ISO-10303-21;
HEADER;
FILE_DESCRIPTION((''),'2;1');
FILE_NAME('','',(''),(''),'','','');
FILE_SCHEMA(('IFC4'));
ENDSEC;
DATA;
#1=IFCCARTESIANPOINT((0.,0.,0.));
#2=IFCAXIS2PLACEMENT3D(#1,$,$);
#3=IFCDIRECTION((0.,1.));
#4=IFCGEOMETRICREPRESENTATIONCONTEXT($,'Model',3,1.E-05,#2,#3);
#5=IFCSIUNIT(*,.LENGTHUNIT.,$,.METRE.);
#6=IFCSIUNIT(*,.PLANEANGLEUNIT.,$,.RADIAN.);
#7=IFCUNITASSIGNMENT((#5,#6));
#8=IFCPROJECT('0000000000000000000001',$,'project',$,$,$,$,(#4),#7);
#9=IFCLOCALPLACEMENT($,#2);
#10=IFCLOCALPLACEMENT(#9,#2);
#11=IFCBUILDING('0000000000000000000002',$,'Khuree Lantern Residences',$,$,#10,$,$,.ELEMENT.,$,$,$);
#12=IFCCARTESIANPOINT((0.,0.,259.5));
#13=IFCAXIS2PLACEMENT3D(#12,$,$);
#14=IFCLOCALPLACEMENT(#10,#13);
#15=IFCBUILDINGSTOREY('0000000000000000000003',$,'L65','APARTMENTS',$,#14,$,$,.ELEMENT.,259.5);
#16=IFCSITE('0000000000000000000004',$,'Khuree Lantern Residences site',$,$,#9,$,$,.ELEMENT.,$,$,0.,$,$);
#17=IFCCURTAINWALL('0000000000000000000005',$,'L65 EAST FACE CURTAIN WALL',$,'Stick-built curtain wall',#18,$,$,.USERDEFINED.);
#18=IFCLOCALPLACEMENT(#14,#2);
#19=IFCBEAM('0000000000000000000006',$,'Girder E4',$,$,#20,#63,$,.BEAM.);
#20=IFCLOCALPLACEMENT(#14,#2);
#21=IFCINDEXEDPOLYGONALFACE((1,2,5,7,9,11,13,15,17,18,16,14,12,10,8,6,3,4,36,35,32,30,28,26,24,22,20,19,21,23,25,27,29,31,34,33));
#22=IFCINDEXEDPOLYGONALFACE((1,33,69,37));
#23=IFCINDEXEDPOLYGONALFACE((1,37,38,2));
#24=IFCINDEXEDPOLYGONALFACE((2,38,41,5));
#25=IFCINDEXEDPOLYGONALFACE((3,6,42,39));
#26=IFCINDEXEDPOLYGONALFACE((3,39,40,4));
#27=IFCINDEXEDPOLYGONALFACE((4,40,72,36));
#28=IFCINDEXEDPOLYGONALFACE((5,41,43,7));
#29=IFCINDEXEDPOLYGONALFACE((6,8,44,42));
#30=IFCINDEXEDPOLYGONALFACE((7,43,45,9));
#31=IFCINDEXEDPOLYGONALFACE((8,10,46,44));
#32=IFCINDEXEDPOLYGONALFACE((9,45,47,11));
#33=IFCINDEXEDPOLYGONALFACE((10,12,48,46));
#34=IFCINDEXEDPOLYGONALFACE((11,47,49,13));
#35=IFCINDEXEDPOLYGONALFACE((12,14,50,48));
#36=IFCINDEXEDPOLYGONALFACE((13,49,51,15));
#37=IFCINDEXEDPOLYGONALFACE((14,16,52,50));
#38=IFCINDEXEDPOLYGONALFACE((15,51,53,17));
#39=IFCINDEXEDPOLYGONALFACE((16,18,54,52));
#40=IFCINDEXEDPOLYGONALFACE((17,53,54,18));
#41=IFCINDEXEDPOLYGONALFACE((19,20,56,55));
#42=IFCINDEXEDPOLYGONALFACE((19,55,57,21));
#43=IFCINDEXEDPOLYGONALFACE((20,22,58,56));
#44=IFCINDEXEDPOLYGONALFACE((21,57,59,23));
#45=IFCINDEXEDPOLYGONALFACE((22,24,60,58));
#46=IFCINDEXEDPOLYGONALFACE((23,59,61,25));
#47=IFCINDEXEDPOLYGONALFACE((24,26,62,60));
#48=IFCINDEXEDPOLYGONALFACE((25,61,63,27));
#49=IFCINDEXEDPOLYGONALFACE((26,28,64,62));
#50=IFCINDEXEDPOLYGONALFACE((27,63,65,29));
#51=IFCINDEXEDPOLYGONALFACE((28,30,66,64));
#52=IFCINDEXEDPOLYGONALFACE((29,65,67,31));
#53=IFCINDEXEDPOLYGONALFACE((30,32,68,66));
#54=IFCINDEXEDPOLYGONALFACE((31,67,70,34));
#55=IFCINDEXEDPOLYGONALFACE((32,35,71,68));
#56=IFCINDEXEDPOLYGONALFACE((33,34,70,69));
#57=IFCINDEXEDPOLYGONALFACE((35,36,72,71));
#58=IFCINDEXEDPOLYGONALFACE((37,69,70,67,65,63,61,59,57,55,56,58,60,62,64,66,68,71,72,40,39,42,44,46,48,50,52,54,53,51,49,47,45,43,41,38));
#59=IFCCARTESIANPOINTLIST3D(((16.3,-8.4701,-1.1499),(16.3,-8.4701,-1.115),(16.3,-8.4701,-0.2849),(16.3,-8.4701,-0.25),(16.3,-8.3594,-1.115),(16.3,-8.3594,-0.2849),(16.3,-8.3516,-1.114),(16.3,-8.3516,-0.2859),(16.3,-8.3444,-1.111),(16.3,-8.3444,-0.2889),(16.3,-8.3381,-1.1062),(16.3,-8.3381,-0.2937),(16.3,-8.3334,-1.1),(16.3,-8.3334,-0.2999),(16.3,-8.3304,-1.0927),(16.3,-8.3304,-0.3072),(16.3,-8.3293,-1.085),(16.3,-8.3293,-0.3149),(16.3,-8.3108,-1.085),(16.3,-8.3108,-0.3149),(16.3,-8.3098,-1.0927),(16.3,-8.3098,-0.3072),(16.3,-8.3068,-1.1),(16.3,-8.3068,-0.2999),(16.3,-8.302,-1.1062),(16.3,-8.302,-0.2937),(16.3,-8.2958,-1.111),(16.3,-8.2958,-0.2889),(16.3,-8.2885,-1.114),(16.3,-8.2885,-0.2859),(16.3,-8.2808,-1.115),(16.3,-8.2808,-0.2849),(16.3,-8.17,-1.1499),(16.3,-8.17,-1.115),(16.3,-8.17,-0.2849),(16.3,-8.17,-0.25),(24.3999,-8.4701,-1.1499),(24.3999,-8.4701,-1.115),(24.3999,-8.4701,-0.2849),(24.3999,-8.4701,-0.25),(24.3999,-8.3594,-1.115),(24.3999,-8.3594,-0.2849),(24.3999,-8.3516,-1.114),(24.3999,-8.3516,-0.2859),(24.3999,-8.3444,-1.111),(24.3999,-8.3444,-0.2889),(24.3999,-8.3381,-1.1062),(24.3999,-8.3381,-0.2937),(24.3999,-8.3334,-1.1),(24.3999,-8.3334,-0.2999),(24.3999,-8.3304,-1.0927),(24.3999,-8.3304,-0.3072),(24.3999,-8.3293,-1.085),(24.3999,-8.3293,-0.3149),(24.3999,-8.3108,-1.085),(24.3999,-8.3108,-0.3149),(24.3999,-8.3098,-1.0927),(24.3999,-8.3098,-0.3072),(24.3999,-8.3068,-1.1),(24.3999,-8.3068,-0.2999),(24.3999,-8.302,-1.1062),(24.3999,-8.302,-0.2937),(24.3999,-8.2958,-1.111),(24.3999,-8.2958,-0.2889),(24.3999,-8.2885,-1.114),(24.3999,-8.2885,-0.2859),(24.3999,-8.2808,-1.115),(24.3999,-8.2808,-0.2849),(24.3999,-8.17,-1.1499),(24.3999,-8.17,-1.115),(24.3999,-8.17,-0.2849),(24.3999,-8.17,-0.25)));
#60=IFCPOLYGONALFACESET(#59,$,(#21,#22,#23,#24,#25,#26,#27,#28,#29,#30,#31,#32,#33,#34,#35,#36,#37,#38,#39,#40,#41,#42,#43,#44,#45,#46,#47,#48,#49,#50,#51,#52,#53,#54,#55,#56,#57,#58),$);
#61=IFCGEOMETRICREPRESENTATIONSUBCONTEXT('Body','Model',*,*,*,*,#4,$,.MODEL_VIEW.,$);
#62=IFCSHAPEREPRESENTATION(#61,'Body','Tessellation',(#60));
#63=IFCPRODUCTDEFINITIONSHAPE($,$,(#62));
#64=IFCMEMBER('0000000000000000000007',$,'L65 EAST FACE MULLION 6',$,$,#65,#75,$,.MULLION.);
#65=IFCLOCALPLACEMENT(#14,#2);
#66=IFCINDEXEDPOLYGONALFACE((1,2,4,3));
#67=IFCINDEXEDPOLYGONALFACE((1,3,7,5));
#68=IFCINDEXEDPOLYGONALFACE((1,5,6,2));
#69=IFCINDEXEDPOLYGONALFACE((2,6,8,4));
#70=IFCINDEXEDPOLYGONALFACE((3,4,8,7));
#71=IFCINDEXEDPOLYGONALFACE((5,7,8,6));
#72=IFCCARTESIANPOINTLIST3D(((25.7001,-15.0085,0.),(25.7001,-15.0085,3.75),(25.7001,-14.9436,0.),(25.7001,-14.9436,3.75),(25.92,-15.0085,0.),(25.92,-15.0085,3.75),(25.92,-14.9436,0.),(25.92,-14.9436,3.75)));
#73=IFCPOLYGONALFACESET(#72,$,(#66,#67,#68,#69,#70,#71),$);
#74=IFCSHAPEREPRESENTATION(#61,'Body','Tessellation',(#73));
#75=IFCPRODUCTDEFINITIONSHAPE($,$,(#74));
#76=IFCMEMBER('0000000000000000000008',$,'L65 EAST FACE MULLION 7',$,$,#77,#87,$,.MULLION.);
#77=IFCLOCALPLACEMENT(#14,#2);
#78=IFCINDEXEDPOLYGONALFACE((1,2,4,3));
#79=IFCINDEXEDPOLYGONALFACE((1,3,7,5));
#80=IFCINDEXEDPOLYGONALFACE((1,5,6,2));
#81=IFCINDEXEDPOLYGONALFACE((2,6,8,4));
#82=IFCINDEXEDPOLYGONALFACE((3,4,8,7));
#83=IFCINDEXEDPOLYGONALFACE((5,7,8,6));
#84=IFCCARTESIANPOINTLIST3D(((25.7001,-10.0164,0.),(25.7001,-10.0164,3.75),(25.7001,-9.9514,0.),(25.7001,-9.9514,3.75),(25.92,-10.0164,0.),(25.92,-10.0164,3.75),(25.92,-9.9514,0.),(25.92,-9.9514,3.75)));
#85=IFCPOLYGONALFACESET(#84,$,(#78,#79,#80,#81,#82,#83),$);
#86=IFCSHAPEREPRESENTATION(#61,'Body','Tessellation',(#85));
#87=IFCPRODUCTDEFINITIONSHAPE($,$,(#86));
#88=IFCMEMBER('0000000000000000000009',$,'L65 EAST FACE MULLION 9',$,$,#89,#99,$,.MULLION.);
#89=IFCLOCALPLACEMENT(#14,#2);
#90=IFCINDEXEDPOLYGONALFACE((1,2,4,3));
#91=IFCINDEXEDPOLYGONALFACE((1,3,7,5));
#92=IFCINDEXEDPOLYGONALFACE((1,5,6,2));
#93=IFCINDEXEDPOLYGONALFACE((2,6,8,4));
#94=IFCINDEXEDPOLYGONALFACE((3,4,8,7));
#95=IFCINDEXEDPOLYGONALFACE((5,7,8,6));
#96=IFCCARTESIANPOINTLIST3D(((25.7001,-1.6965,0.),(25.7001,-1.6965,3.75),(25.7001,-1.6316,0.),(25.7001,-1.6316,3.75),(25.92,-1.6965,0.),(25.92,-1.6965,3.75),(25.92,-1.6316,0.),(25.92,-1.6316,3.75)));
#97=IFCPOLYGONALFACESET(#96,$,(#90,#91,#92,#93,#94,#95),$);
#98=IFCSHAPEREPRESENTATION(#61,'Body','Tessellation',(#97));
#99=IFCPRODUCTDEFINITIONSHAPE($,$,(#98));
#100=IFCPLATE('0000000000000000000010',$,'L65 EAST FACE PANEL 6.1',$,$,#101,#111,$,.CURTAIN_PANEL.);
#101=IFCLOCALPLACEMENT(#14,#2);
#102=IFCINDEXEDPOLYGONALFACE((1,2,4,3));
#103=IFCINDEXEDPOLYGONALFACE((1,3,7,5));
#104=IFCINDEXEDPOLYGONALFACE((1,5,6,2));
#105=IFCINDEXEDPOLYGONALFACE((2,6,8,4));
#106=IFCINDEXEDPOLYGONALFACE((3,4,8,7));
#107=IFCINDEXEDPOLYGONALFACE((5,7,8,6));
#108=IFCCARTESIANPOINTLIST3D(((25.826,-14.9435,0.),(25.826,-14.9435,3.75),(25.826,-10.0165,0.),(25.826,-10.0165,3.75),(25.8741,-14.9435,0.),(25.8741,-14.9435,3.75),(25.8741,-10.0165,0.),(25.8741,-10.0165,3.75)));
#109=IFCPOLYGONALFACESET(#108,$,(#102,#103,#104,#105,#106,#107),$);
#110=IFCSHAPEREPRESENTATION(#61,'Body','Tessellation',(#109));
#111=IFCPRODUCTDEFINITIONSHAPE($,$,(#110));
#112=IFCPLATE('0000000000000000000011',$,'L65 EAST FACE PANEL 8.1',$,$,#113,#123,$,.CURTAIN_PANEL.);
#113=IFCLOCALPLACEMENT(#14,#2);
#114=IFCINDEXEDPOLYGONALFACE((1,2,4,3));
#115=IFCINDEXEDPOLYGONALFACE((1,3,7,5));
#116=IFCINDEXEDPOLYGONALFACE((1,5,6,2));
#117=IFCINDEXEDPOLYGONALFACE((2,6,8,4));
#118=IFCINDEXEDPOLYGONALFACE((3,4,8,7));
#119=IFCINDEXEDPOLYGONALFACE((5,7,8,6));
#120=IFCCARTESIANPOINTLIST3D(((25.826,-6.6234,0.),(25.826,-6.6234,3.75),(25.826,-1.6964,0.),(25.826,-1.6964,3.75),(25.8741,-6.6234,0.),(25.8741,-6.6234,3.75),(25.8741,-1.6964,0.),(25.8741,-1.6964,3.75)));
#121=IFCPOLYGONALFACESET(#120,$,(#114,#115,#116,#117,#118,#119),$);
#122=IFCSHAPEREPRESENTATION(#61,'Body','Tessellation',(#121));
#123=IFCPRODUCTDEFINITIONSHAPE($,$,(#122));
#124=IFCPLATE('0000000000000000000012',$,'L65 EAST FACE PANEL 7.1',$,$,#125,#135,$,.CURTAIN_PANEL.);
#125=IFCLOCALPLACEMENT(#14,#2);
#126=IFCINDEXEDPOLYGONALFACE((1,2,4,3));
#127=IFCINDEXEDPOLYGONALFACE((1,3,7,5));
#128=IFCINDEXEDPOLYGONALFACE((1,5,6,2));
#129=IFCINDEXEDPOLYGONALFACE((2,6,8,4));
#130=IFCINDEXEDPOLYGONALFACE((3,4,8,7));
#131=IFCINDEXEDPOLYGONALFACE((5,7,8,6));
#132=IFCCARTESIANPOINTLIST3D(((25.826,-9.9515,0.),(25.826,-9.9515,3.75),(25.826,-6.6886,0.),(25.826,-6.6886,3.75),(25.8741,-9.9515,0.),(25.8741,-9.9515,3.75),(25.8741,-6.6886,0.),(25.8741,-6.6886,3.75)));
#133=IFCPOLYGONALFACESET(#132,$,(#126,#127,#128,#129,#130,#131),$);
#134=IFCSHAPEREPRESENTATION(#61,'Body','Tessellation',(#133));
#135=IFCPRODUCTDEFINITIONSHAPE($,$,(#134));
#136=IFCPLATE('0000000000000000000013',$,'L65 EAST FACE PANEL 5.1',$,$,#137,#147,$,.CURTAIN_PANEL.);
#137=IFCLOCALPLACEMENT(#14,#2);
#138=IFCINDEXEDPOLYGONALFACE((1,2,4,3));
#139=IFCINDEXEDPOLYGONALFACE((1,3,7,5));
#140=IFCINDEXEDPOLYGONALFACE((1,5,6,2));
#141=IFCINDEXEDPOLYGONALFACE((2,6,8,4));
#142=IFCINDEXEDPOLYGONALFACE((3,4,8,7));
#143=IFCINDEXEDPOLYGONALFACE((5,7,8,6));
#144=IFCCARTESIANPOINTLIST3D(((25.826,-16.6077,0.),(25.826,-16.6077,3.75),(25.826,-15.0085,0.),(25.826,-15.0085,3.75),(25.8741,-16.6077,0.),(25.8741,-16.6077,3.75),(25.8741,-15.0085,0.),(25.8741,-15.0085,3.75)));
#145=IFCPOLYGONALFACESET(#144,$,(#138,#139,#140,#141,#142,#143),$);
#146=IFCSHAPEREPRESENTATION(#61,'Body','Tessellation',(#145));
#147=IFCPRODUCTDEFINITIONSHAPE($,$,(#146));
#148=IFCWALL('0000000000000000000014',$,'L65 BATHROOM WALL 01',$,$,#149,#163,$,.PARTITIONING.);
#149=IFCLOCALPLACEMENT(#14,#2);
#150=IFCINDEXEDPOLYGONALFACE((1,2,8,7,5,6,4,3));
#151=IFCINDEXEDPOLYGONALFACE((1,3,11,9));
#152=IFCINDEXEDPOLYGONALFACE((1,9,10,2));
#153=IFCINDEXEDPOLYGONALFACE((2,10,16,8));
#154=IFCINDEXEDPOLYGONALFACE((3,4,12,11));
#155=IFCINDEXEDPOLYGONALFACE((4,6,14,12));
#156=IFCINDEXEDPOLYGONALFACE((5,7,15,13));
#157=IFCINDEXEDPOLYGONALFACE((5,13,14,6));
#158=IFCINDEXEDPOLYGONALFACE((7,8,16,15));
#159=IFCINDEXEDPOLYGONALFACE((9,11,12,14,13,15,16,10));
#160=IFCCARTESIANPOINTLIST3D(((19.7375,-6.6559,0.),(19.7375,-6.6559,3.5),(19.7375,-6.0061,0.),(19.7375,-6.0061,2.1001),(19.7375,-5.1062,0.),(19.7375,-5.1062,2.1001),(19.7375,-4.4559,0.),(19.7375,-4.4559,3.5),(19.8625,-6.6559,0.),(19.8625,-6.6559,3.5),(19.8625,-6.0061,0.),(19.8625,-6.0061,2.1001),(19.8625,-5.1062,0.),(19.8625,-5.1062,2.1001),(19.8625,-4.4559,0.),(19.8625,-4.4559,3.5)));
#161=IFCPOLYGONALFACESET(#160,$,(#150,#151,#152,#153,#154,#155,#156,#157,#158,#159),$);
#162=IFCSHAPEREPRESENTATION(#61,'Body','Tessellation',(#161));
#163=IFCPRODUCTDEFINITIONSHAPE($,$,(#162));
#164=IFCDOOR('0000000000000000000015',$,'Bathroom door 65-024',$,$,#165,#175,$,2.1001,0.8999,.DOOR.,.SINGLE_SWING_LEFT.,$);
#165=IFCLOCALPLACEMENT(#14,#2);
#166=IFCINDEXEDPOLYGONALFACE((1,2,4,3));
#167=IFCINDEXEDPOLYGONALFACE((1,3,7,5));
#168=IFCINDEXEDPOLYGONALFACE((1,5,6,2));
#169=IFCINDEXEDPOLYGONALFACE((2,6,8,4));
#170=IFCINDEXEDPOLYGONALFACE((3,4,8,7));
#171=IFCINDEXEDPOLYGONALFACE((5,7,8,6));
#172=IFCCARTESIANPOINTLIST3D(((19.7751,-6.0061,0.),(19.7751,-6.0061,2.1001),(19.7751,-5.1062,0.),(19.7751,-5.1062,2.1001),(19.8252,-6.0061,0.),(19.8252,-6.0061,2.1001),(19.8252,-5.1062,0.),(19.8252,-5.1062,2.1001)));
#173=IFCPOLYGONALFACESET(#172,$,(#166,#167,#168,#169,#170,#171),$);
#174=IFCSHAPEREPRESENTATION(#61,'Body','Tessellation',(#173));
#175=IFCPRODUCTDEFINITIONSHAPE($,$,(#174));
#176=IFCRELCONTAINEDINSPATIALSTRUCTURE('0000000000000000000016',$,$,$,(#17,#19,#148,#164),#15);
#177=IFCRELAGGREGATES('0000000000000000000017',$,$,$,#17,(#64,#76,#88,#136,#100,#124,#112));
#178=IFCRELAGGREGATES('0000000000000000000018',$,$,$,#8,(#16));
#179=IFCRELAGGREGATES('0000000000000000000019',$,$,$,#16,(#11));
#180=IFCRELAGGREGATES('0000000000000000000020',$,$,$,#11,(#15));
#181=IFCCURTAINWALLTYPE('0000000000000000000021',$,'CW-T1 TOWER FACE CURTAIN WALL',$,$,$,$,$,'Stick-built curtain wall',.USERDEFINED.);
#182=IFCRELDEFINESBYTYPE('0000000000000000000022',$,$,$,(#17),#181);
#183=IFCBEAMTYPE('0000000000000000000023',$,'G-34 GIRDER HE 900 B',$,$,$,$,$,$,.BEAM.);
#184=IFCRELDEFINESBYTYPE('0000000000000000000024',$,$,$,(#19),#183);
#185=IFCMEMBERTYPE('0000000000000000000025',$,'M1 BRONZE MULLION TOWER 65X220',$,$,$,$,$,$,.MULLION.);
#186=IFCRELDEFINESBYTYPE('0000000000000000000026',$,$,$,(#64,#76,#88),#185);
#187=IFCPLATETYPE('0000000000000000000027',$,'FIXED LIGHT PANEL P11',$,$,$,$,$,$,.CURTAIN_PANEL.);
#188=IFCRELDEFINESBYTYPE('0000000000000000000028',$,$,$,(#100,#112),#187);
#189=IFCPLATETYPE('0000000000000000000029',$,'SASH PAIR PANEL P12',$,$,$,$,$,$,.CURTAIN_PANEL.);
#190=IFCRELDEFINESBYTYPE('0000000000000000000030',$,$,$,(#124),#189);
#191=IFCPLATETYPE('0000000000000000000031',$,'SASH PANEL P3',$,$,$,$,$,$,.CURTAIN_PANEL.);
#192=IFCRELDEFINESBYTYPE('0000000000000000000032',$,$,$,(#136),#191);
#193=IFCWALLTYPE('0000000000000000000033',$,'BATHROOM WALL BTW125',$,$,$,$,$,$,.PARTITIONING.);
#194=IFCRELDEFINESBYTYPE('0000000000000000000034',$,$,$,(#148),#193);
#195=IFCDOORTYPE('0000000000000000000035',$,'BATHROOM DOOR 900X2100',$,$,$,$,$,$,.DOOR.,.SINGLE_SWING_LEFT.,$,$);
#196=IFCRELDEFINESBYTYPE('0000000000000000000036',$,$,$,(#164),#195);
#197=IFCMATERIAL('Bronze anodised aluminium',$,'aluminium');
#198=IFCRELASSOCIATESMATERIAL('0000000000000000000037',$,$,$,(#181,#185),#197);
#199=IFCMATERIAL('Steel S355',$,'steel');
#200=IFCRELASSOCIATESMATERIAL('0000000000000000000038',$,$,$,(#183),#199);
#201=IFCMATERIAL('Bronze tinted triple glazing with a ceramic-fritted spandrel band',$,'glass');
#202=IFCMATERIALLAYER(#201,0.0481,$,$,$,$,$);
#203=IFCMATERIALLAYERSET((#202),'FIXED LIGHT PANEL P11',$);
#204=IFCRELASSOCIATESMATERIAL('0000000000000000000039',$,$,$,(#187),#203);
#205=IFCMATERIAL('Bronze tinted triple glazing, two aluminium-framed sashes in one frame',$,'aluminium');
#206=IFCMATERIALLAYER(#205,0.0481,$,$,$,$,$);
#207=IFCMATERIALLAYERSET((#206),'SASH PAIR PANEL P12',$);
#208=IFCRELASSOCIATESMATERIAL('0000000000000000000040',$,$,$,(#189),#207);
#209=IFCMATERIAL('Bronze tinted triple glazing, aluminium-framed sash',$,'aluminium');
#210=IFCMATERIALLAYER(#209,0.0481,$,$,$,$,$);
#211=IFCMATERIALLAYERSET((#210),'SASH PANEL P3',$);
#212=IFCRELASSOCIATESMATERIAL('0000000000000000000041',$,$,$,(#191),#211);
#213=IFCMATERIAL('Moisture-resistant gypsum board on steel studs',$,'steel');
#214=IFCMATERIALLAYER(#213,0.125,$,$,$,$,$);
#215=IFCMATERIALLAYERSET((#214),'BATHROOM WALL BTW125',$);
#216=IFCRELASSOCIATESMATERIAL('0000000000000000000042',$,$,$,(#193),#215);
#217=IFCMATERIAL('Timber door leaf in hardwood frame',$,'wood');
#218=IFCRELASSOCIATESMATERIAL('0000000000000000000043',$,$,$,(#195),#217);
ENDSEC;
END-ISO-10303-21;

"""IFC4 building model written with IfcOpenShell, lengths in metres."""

from ifc_helpers import new_model, si_unit, direction, frame, frame_2d, origin, origin_2d, place, context, subcontext, project, spatial, rectangle, i_section, extrude, material, layer, layer_set, material_profile, profile_set, type_object, element, fill, aggregate, save


model = new_model("IFC4")

# Units and contexts
model_context = context("Model", 3, precision=1e-05, world=origin(), true_north=direction((0.0, 1.0)))
body_context = subcontext(model_context, "Body", "Model", "MODEL_VIEW")
ifc_project = project(units=[si_unit("LENGTHUNIT", "METRE"), si_unit("PLANEANGLEUNIT", "RADIAN")], contexts=[model_context])

# Site, building, storey
site_placement = place(None, origin())
site = spatial("IfcSite", under=ifc_project, at=site_placement, Name="Khuree Lantern Residences site", CompositionType="ELEMENT", RefElevation=0.0)
building_placement = place(site_placement, origin())
building = spatial("IfcBuilding", under=site, at=building_placement, Name="Khuree Lantern Residences", CompositionType="ELEMENT")
storey_placement = place(building_placement, frame((0.0, 0.0, 259.5)))
storey = spatial("IfcBuildingStorey", under=building, at=storey_placement, Name="L65", Description="APARTMENTS", CompositionType="ELEMENT", Elevation=259.5)

# Shared definitions
ifc_material_1 = material(Name="Steel S355", Category="steel")

# Curtain wall
ifc_material_2 = material(Name="Bronze anodised aluminium", Category="aluminium")
curtain_wall_type = type_object("IfcCurtainWallType", Name="CW-T1 TOWER FACE CURTAIN WALL", ElementType="Stick-built curtain wall", PredefinedType="USERDEFINED", material=ifc_material_2)
curtain_wall_placement = place(storey_placement, origin())
curtain_wall = element("IfcCurtainWall", 1, at=curtain_wall_placement, inside=storey, type_object=curtain_wall_type, Name="L65 EAST FACE CURTAIN WALL", ObjectType="Stick-built curtain wall", PredefinedType="USERDEFINED")

# Beam
ifc_material_profile_1 = material_profile(ifc_material_1, i_section(OverallWidth=0.3, OverallDepth=0.8999, WebThickness=0.0186, FlangeThickness=0.0349, FilletRadius=0.03, at=origin_2d()), Name="HE 900 B")
ifc_profile_set_1 = profile_set([ifc_material_profile_1], Name="Steel S355")
beam_type_1 = type_object("IfcBeamType", Name="G-34 GIRDER HE 900 B", PredefinedType="BEAM", material=ifc_profile_set_1)
beam_1_placement = place(storey_placement, frame((24.3999, -8.3201, -0.7), z_axis=(-1.0, 0.0, 0.0), x_axis=(0.0, -1.0, 0.0)))
element("IfcBeam", 2, at=beam_1_placement, inside=storey, type_object=beam_type_1, Name="Girder E4", PredefinedType="BEAM", context=body_context, shape_type="SweptSolid", body=[
    extrude(i_section(OverallWidth=0.3, OverallDepth=0.8999, WebThickness=0.0186, FlangeThickness=0.0349, FilletRadius=0.03, at=origin_2d()), origin(), (0.0, 0.0, 1.0), 8.0999),
])

# Members
ifc_material_profile_2 = material_profile(ifc_material_2, rectangle(XDim=0.0649, YDim=0.22, at=origin_2d()), Name="M1 65X220")
ifc_profile_set_2 = profile_set([ifc_material_profile_2], Name="Bronze anodised aluminium")
member_type_1 = type_object("IfcMemberType", Name="M1 BRONZE MULLION TOWER 65X220", PredefinedType="MULLION", material=ifc_profile_set_2)
member_1_placement = place(storey_placement, frame((25.8101, -14.9761, 0.0), z_axis=(0.0, 0.0, 1.0), x_axis=(0.0, 1.0, 0.0)))
member_1 = element("IfcMember", 3, at=member_1_placement, type_object=member_type_1, Name="L65 EAST FACE MULLION 6", PredefinedType="MULLION", context=body_context, shape_type="SweptSolid", body=[
    extrude(rectangle(XDim=0.0649, YDim=0.22, at=origin_2d()), origin(), (0.0, 0.0, 1.0), 3.75),
])
member_2_placement = place(storey_placement, frame((25.8101, -9.9839, 0.0), z_axis=(0.0, 0.0, 1.0), x_axis=(0.0, 1.0, 0.0)))
member_2 = element("IfcMember", 4, at=member_2_placement, type_object=member_type_1, Name="L65 EAST FACE MULLION 7", PredefinedType="MULLION", context=body_context, shape_type="SweptSolid", body=[
    extrude(rectangle(XDim=0.0649, YDim=0.22, at=origin_2d()), origin(), (0.0, 0.0, 1.0), 3.75),
])
member_3_placement = place(storey_placement, frame((25.8101, -1.6641, 0.0), z_axis=(0.0, 0.0, 1.0), x_axis=(0.0, 1.0, 0.0)))
member_3 = element("IfcMember", 5, at=member_3_placement, type_object=member_type_1, Name="L65 EAST FACE MULLION 9", PredefinedType="MULLION", context=body_context, shape_type="SweptSolid", body=[
    extrude(rectangle(XDim=0.0649, YDim=0.22, at=origin_2d()), origin(), (0.0, 0.0, 1.0), 3.75),
])

# Plates
ifc_material_3 = material(Name="Bronze tinted triple glazing with a ceramic-fritted spandrel band", Category="glass")
ifc_layer_1 = layer(ifc_material_3, 0.0481)
ifc_layer_set_1 = layer_set([ifc_layer_1], Name="FIXED LIGHT PANEL P11")
plate_type_1 = type_object("IfcPlateType", Name="FIXED LIGHT PANEL P11", PredefinedType="CURTAIN_PANEL", material=ifc_layer_set_1)
plate_1_placement = place(storey_placement, frame((25.8501, -12.48, 0.0), z_axis=(0.0, 0.0, 1.0), x_axis=(0.0, 1.0, 0.0)))
plate_1 = element("IfcPlate", 6, at=plate_1_placement, type_object=plate_type_1, Name="L65 EAST FACE PANEL 6.1", PredefinedType="CURTAIN_PANEL", context=body_context, shape_type="SweptSolid", body=[
    extrude(rectangle(XDim=4.927, YDim=0.0481, at=origin_2d()), origin(), (0.0, 0.0, 1.0), 3.75),
])
plate_2_placement = place(storey_placement, frame((25.8501, -4.1599, 0.0), z_axis=(0.0, 0.0, 1.0), x_axis=(0.0, 1.0, 0.0)))
plate_2 = element("IfcPlate", 7, at=plate_2_placement, type_object=plate_type_1, Name="L65 EAST FACE PANEL 8.1", PredefinedType="CURTAIN_PANEL", context=body_context, shape_type="SweptSolid", body=[
    extrude(rectangle(XDim=4.927, YDim=0.0481, at=origin_2d()), origin(), (0.0, 0.0, 1.0), 3.75),
])
ifc_material_4 = material(Name="Bronze tinted triple glazing, two aluminium-framed sashes in one frame", Category="aluminium")
ifc_layer_2 = layer(ifc_material_4, 0.0481)
ifc_layer_set_2 = layer_set([ifc_layer_2], Name="SASH PAIR PANEL P12")
plate_type_2 = type_object("IfcPlateType", Name="SASH PAIR PANEL P12", PredefinedType="CURTAIN_PANEL", material=ifc_layer_set_2)
plate_3_placement = place(storey_placement, frame((25.8501, -8.3201, 0.0), z_axis=(0.0, 0.0, 1.0), x_axis=(0.0, 1.0, 0.0)))
plate_3 = element("IfcPlate", 8, at=plate_3_placement, type_object=plate_type_2, Name="L65 EAST FACE PANEL 7.1", PredefinedType="CURTAIN_PANEL", context=body_context, shape_type="SweptSolid", body=[
    extrude(rectangle(XDim=3.2629, YDim=0.0481, at=origin_2d()), origin(), (0.0, 0.0, 1.0), 3.75),
])
ifc_material_5 = material(Name="Bronze tinted triple glazing, aluminium-framed sash", Category="aluminium")
ifc_layer_3 = layer(ifc_material_5, 0.0481)
ifc_layer_set_3 = layer_set([ifc_layer_3], Name="SASH PANEL P3")
plate_type_3 = type_object("IfcPlateType", Name="SASH PANEL P3", PredefinedType="CURTAIN_PANEL", material=ifc_layer_set_3)
plate_4_placement = place(storey_placement, frame((25.8501, -15.8081, 0.0), z_axis=(0.0, 0.0, 1.0), x_axis=(0.0, 1.0, 0.0)))
plate_4 = element("IfcPlate", 9, at=plate_4_placement, type_object=plate_type_3, Name="L65 EAST FACE PANEL 5.1", PredefinedType="CURTAIN_PANEL", context=body_context, shape_type="SweptSolid", body=[
    extrude(rectangle(XDim=1.5991, YDim=0.0481, at=origin_2d()), origin(), (0.0, 0.0, 1.0), 3.75),
])
aggregate(curtain_wall, [member_1, member_2, member_3, plate_4, plate_1, plate_3, plate_2])

# Wall, opening, door
ifc_material_6 = material(Name="Moisture-resistant gypsum board on steel studs", Category="steel")
ifc_layer_4 = layer(ifc_material_6, 0.125)
ifc_layer_set_4 = layer_set([ifc_layer_4], Name="BATHROOM WALL BTW125")
wall_type_1 = type_object("IfcWallType", Name="BATHROOM WALL BTW125", PredefinedType="PARTITIONING", material=ifc_layer_set_4)
wall_1_placement = place(storey_placement, frame((19.8, -6.656, 0.0), z_axis=(0.0, 0.0, 1.0), x_axis=(0.0, 1.0, 0.0)))
wall_1 = element("IfcWall", 10, at=wall_1_placement, inside=storey, type_object=wall_type_1, Name="L65 BATHROOM WALL 01", PredefinedType="PARTITIONING", context=body_context, shape_type="SweptSolid", body=[
    extrude(rectangle(XDim=2.2, YDim=0.125, at=frame_2d((1.1001, 0.0))), origin(), (0.0, 0.0, 1.0), 3.5),
])
opening_1_placement = place(wall_1_placement, frame((0.6499, 0.0, 0.0)))
opening_1 = element("IfcOpeningElement", 11, at=opening_1_placement, cuts=wall_1, PredefinedType="OPENING", context=body_context, shape_type="SweptSolid", body=[
    extrude(rectangle(XDim=0.8999, YDim=2.1001, at=frame_2d((0.45, 1.05))), frame((0.0, 0.0725, 0.0), z_axis=(0.0, -1.0, 0.0), x_axis=(1.0, 0.0, 0.0)), (0.0, 0.0, 1.0), 0.145),
])
ifc_material_7 = material(Name="Timber door leaf in hardwood frame", Category="wood")
door_type_1 = type_object("IfcDoorType", Name="BATHROOM DOOR 900X2100", OperationType="SINGLE_SWING_LEFT", PredefinedType="DOOR", material=ifc_material_7)
door_1_placement = place(opening_1_placement, origin())
door_1 = element("IfcDoor", 12, at=door_1_placement, inside=storey, type_object=door_type_1, Name="Bathroom door 65-024", OperationType="SINGLE_SWING_LEFT", OverallHeight=2.1001, OverallWidth=0.8999, PredefinedType="DOOR", context=body_context, shape_type="SweptSolid", body=[
    extrude(rectangle(XDim=0.8999, YDim=2.1001, at=frame_2d((0.45, 1.05))), frame((0.0, 0.0249, 0.0), z_axis=(0.0, -1.0, 0.0), x_axis=(1.0, 0.0, 0.0)), (0.0, 0.0, 1.0), 0.05),
])
fill(opening_1, door_1)

save(model, "model.ifc")
